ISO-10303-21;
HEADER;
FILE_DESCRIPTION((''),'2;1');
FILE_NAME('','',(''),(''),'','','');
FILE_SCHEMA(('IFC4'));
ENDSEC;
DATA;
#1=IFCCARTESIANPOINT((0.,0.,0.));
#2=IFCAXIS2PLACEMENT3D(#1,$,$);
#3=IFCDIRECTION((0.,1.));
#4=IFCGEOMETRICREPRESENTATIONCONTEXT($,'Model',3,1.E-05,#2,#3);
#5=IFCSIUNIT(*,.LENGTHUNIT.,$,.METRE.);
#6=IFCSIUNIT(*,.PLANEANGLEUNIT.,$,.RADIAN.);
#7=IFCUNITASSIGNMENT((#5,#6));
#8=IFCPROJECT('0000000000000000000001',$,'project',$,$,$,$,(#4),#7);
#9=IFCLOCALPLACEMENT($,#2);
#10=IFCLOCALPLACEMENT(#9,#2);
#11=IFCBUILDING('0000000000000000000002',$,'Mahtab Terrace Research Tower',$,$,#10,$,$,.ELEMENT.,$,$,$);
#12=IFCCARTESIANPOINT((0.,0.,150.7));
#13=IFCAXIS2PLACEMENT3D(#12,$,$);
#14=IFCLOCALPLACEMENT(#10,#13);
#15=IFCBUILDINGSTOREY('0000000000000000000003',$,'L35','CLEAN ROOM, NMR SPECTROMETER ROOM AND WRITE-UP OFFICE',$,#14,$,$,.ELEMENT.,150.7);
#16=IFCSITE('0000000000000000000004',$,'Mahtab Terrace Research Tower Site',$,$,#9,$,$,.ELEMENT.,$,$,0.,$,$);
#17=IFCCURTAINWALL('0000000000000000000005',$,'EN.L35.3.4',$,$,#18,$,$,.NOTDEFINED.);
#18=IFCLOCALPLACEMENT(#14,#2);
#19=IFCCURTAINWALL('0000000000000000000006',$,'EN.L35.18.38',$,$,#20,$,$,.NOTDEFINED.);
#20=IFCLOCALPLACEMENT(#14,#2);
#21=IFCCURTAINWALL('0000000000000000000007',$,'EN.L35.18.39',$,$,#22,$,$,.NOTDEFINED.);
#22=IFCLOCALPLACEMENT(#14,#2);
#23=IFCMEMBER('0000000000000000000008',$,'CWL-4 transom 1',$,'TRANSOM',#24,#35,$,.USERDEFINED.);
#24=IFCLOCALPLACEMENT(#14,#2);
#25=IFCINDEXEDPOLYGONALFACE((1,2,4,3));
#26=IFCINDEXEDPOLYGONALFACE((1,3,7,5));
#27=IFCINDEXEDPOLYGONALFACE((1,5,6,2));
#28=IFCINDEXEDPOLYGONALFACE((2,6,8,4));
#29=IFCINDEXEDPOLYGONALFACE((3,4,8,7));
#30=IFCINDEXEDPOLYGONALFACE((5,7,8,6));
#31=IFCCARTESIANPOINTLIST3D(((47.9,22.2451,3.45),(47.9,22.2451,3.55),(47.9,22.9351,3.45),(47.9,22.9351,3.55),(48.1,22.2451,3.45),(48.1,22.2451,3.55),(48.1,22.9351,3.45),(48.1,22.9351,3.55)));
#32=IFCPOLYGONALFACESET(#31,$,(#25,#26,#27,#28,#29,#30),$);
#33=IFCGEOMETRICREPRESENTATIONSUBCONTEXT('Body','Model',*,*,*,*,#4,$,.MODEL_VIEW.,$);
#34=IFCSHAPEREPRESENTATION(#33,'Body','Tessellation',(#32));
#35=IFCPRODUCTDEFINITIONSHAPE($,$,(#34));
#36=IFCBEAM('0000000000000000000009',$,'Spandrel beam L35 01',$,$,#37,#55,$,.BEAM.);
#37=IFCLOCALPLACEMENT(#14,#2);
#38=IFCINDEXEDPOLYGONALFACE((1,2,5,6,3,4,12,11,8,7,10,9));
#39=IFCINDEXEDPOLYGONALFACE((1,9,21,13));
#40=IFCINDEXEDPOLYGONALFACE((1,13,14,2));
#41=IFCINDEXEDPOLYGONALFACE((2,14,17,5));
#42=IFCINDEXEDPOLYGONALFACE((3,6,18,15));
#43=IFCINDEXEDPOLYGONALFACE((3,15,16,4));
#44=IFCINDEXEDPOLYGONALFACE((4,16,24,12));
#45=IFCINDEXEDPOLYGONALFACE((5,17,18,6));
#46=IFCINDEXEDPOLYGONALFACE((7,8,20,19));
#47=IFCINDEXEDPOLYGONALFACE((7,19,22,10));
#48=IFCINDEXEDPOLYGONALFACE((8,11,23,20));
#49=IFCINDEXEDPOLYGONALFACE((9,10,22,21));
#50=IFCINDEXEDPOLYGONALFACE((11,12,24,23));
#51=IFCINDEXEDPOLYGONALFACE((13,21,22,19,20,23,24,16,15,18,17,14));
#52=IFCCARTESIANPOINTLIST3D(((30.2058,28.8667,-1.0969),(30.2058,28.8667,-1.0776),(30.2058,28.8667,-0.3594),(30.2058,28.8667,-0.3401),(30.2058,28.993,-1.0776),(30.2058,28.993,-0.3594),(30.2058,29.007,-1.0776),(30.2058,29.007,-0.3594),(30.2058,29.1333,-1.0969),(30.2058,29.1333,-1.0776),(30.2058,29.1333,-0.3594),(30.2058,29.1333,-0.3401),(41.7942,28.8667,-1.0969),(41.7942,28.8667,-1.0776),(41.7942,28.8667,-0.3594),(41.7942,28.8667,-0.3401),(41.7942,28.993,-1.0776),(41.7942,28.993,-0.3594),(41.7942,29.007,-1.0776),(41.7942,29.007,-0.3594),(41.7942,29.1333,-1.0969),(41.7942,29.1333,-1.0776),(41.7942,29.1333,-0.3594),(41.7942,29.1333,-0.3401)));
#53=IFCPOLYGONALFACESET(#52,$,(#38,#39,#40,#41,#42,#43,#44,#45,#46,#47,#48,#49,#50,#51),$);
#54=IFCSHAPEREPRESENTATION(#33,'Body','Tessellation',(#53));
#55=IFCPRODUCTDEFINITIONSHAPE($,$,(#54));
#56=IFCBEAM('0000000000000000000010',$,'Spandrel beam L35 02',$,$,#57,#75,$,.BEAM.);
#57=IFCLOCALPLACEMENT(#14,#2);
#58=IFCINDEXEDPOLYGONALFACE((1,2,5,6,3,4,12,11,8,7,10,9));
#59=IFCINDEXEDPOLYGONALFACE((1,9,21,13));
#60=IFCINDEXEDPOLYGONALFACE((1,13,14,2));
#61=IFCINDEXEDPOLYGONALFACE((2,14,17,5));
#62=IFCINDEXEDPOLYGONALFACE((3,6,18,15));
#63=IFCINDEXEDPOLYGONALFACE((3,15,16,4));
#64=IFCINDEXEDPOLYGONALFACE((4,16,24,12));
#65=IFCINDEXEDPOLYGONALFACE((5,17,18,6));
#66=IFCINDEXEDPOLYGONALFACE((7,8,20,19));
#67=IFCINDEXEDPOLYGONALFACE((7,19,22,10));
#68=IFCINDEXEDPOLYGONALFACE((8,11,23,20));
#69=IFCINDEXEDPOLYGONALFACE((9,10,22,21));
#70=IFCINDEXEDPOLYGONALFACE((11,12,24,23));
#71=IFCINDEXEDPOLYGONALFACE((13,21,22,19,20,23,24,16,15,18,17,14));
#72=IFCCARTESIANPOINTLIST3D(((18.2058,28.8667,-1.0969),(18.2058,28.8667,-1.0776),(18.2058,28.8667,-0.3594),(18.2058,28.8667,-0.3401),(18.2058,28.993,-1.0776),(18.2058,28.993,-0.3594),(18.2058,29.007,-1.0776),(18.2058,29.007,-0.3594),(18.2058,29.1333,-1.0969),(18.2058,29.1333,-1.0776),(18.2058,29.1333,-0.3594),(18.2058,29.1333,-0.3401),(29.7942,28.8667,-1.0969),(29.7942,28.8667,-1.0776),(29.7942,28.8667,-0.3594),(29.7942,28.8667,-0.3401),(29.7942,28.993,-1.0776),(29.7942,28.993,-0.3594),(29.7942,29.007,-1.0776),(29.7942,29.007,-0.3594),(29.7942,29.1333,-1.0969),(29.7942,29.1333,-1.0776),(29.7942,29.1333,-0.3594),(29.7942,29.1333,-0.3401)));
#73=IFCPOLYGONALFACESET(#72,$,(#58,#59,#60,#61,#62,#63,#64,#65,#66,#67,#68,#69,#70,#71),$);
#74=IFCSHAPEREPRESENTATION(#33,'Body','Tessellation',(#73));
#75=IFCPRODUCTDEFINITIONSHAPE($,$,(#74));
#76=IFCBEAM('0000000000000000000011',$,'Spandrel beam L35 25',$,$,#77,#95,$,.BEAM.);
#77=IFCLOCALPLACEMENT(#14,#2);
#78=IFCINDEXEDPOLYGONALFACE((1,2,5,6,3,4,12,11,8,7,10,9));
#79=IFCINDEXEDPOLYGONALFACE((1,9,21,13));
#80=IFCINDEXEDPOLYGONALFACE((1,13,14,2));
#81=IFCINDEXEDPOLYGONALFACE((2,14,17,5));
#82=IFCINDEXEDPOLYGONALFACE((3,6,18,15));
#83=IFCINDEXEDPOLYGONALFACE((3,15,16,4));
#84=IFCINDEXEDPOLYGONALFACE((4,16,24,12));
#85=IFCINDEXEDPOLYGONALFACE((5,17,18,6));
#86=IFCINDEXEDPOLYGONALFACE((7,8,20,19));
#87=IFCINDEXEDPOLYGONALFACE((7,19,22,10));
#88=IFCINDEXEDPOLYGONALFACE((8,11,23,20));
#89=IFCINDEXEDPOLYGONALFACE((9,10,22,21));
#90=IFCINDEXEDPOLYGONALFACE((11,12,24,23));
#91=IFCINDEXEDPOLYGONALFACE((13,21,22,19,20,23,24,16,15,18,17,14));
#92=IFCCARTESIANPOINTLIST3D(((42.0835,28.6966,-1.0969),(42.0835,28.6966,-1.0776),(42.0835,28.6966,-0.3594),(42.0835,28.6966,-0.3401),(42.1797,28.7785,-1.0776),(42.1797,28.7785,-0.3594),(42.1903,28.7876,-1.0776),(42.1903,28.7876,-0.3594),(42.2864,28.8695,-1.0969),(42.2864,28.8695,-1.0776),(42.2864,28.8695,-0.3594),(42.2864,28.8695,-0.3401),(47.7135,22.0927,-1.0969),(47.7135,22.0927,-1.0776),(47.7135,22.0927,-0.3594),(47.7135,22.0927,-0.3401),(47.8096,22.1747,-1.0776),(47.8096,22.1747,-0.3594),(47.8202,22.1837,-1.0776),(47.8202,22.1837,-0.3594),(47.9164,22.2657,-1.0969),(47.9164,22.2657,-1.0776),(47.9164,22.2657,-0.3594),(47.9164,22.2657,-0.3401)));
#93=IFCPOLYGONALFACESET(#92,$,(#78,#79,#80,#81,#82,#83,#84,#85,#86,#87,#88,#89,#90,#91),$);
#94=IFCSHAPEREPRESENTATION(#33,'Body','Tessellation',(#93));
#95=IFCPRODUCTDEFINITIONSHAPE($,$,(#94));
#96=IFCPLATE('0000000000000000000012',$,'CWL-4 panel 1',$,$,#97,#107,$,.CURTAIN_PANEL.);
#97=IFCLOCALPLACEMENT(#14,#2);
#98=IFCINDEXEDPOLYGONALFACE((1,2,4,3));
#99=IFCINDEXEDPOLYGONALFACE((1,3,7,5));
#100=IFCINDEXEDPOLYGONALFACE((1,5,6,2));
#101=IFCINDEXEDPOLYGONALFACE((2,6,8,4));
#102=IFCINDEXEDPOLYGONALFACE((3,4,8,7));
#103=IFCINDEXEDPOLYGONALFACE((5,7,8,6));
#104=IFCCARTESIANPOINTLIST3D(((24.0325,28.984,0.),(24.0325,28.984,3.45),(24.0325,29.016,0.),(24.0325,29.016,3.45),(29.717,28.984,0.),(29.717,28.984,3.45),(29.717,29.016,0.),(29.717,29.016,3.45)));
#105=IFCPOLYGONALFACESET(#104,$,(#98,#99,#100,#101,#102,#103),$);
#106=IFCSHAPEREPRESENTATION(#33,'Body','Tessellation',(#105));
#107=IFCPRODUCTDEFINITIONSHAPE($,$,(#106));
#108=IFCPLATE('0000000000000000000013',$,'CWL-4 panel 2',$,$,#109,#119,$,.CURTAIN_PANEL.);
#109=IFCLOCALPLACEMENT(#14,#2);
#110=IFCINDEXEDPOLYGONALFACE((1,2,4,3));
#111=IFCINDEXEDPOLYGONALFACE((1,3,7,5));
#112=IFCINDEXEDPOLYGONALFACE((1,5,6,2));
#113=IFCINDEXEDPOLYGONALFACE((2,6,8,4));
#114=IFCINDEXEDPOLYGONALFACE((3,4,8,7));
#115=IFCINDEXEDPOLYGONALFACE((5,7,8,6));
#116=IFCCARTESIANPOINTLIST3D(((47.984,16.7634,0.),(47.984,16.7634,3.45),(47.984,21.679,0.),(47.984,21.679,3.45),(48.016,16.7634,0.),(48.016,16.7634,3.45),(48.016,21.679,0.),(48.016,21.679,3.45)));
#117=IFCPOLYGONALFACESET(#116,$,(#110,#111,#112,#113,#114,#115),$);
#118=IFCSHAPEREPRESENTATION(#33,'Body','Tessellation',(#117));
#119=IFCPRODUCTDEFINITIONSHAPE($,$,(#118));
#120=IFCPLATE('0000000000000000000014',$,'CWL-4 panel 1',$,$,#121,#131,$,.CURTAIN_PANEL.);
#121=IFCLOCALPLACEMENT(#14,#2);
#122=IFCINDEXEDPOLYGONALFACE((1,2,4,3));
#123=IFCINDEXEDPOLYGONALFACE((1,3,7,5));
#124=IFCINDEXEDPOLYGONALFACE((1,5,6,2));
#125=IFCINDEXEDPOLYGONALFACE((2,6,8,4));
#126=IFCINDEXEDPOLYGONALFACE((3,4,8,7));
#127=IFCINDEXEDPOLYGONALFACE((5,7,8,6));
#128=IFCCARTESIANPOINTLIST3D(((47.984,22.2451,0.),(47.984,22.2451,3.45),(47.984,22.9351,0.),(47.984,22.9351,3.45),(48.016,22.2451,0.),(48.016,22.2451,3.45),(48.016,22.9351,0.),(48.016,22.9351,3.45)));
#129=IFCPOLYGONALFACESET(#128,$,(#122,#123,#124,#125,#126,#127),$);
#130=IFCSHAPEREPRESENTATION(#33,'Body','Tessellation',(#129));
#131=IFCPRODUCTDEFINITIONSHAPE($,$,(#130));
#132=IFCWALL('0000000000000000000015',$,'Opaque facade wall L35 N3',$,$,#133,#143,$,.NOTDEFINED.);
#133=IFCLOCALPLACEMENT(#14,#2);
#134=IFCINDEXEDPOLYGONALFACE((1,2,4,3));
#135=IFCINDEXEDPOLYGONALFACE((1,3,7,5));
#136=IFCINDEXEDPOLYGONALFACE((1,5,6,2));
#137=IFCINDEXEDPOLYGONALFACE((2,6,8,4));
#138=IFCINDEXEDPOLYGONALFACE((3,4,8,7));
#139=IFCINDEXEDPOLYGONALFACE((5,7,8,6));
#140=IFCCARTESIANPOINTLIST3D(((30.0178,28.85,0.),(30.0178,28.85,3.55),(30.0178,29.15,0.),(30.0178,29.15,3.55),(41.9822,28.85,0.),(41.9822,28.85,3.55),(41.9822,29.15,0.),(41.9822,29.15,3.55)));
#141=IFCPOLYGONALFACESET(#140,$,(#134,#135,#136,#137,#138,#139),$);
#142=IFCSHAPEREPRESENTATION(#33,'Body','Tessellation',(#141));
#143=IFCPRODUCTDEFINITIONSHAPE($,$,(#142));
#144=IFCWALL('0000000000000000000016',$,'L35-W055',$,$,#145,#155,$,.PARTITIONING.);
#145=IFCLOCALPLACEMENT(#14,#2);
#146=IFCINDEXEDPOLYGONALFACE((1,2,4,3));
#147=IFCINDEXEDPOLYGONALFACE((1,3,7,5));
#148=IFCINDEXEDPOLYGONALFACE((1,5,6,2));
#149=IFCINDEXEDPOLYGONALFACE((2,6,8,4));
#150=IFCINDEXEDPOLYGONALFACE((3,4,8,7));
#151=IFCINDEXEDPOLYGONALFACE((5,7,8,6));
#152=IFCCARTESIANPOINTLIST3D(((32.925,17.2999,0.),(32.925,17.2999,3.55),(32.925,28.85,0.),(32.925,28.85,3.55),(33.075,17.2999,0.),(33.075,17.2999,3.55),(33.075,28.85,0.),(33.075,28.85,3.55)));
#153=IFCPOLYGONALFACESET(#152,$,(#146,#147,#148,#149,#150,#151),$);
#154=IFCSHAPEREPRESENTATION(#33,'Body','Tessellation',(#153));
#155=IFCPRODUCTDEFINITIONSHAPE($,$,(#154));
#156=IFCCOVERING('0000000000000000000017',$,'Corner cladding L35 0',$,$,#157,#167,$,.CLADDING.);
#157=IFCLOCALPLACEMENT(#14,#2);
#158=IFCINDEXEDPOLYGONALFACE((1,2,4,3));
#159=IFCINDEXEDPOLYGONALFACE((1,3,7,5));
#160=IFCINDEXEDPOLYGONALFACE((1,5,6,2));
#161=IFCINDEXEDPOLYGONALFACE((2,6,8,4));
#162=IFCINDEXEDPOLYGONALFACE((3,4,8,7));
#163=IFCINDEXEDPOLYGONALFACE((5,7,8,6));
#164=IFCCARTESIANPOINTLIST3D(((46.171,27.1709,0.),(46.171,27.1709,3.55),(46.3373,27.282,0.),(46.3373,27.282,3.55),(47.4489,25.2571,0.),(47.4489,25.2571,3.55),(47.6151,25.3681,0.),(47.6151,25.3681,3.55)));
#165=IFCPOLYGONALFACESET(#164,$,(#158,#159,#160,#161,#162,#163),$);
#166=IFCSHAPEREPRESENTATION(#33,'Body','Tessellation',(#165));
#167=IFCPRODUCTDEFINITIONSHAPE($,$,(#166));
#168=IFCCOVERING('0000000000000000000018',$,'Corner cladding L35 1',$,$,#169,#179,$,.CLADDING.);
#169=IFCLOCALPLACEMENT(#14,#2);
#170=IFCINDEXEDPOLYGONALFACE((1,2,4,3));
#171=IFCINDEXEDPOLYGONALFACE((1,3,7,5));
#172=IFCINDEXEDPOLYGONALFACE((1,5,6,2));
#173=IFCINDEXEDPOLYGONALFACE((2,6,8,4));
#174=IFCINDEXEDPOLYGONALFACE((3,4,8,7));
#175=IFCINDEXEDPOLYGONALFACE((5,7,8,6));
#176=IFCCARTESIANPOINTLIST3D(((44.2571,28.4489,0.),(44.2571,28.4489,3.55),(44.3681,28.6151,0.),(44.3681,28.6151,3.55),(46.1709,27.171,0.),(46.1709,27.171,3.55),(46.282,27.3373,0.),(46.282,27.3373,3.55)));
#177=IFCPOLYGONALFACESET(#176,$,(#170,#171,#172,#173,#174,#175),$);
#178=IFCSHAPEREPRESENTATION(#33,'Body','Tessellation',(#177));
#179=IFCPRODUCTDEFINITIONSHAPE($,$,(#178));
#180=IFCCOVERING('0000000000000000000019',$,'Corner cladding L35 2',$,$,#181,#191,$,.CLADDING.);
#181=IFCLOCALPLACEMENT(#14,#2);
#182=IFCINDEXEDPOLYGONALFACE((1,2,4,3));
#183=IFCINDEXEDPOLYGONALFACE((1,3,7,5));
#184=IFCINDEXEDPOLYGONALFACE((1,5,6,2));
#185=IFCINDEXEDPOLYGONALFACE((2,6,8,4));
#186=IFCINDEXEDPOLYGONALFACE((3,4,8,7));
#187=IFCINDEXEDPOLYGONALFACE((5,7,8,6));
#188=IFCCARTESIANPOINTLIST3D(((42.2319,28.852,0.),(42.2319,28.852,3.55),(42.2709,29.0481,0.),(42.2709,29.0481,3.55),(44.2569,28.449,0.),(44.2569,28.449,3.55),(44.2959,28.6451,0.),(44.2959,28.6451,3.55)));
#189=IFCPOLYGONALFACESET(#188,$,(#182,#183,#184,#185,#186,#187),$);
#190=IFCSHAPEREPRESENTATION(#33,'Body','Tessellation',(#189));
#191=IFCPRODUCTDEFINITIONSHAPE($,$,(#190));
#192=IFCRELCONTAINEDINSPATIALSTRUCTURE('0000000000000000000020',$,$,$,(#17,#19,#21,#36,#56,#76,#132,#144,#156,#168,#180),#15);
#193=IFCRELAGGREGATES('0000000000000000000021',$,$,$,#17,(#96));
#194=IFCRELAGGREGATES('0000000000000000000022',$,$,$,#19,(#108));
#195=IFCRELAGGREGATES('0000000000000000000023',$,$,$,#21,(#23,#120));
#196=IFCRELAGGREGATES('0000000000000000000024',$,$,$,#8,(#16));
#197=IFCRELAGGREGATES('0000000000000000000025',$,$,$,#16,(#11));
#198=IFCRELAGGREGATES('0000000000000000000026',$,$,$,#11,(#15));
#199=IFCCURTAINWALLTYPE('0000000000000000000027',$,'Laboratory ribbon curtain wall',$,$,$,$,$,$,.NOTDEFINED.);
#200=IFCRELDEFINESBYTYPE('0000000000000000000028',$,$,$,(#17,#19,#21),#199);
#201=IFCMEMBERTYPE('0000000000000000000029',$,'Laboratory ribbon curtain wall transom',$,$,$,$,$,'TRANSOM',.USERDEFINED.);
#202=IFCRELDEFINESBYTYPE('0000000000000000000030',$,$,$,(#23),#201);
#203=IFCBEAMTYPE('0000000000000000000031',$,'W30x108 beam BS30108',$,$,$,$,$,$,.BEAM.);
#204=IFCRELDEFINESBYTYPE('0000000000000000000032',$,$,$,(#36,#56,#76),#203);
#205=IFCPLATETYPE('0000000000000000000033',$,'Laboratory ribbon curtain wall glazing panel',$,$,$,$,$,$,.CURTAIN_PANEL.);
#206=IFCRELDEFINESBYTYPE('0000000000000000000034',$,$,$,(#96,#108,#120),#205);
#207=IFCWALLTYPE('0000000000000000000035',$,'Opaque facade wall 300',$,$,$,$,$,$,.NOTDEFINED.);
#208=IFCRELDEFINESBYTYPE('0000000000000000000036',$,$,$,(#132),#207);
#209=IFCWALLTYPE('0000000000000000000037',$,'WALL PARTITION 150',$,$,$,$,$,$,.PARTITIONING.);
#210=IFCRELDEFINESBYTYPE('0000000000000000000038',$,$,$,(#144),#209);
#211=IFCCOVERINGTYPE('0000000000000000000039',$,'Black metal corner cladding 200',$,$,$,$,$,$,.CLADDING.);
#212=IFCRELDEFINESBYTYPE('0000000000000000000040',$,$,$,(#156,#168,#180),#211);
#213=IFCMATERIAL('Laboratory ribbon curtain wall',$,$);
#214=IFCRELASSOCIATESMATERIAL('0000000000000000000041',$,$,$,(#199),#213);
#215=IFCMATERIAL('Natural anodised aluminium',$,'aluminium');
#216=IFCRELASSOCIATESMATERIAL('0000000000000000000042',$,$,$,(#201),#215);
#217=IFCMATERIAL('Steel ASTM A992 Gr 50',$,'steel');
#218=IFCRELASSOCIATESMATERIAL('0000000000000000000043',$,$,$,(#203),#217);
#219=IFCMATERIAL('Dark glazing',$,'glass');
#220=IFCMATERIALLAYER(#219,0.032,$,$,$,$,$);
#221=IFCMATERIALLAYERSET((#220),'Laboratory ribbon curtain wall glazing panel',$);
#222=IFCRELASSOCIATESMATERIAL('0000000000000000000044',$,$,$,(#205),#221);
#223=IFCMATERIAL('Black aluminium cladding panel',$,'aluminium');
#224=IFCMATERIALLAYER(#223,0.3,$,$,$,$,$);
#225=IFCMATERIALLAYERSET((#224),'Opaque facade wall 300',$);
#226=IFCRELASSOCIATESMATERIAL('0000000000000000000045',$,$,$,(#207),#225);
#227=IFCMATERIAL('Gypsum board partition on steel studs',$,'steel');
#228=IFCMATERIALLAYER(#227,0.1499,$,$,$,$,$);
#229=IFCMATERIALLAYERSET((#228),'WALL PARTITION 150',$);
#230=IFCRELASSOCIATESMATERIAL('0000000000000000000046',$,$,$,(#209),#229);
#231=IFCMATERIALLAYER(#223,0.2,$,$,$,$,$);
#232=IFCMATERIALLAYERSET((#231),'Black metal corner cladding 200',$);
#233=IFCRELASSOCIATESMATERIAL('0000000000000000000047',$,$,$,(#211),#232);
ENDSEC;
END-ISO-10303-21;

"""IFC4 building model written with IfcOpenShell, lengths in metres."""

from ifc_helpers import new_model, si_unit, direction, frame, frame_2d, origin, origin_2d, place, context, subcontext, project, spatial, rectangle, i_section, extrude, material, layer, layer_set, material_profile, profile_set, type_object, element, aggregate, save


model = new_model("IFC4")

# Units and contexts
model_context = context("Model", 3, precision=1e-05, world=origin(), true_north=direction((0.0, 1.0)))
body_context = subcontext(model_context, "Body", "Model", "MODEL_VIEW")
ifc_project = project(units=[si_unit("LENGTHUNIT", "METRE"), si_unit("PLANEANGLEUNIT", "RADIAN")], contexts=[model_context])

# Site, building, storey
site_placement = place(None, origin())
site = spatial("IfcSite", under=ifc_project, at=site_placement, Name="Mahtab Terrace Research Tower Site", CompositionType="ELEMENT", RefElevation=0.0)
building_placement = place(site_placement, origin())
building = spatial("IfcBuilding", under=site, at=building_placement, Name="Mahtab Terrace Research Tower", CompositionType="ELEMENT")
storey_placement = place(building_placement, frame((0.0, 0.0, 150.7)))
storey = spatial("IfcBuildingStorey", under=building, at=storey_placement, Name="L35", Description="CLEAN ROOM, NMR SPECTROMETER ROOM AND WRITE-UP OFFICE", CompositionType="ELEMENT", Elevation=150.7)

# Shared definitions
ifc_material_1 = material(Name="Steel ASTM A992 Gr 50", Category="steel")

# Curtain wall
ifc_material_2 = material(Name="Laboratory ribbon curtain wall")
curtain_wall_type = type_object("IfcCurtainWallType", Name="Laboratory ribbon curtain wall", PredefinedType="NOTDEFINED", material=ifc_material_2)
curtain_wall_1_placement = place(storey_placement, origin())
curtain_wall_1 = element("IfcCurtainWall", 1, at=curtain_wall_1_placement, inside=storey, type_object=curtain_wall_type, Name="EN.L35.3.4", PredefinedType="NOTDEFINED")
ifc_material_3 = material(Name="Natural anodised aluminium", Category="aluminium")

# Curtain wall
curtain_wall_2_placement = place(storey_placement, origin())
curtain_wall_2 = element("IfcCurtainWall", 2, at=curtain_wall_2_placement, inside=storey, type_object=curtain_wall_type, Name="EN.L35.18.38", PredefinedType="NOTDEFINED")

# Curtain wall
curtain_wall_3_placement = place(storey_placement, origin())
curtain_wall_3 = element("IfcCurtainWall", 3, at=curtain_wall_3_placement, inside=storey, type_object=curtain_wall_type, Name="EN.L35.18.39", PredefinedType="NOTDEFINED")

# Member
ifc_material_profile_1 = material_profile(ifc_material_3, rectangle(XDim=0.2, YDim=0.1001, at=origin_2d()), Name="TRANSOM 100x200")
ifc_profile_set_1 = profile_set([ifc_material_profile_1], Name="Natural anodised aluminium")
member_type_1 = type_object("IfcMemberType", Name="Laboratory ribbon curtain wall transom", ElementType="TRANSOM", PredefinedType="USERDEFINED", material=ifc_profile_set_1)
member_1_placement = place(storey_placement, frame((48.0, 22.2451, 3.5), z_axis=(0.0, 1.0, 0.0), x_axis=(-1.0, 0.0, 0.0)))
member_1 = element("IfcMember", 4, at=member_1_placement, type_object=member_type_1, Name="CWL-4 transom 1", ObjectType="TRANSOM", PredefinedType="USERDEFINED", context=body_context, shape_type="SweptSolid", body=[
    extrude(rectangle(XDim=0.2, YDim=0.1001, at=origin_2d()), origin(), (0.0, 0.0, 1.0), 0.6899),
])

# Beams
ifc_material_profile_2 = material_profile(ifc_material_1, i_section(OverallWidth=0.2666, OverallDepth=0.7568, WebThickness=0.0139, FlangeThickness=0.0193, at=origin_2d()), Name="W30X108")
ifc_profile_set_2 = profile_set([ifc_material_profile_2], Name="Steel ASTM A992 Gr 50")
beam_type = type_object("IfcBeamType", Name="W30x108 beam BS30108", PredefinedType="BEAM", material=ifc_profile_set_2)
for number, where, z_axis, x_axis, name in (
    (5, (41.7942, 29.0, -0.7185), (-1.0, 0.0, 0.0), (0.0, -1.0, 0.0), "Spandrel beam L35 01"),
    (6, (29.7942, 29.0, -0.7185), (-1.0, 0.0, 0.0), (0.0, -1.0, 0.0), "Spandrel beam L35 02"),
):
    element("IfcBeam", number, at=place(storey_placement, frame(where, z_axis=z_axis, x_axis=x_axis)), inside=storey, type_object=beam_type, Name=name, PredefinedType="BEAM", context=body_context, shape_type="SweptSolid", body=[
        extrude(i_section(OverallWidth=0.2666, OverallDepth=0.7568, WebThickness=0.0139, FlangeThickness=0.0193, at=origin_2d()), origin(), (0.0, 0.0, 1.0), 11.5884),
    ])
beam_placement = place(storey_placement, frame((47.8149, 22.1792, -0.7185), z_axis=(-0.648764, 0.76099, 0.0), x_axis=(-0.76099, -0.648764, 0.0)))
element("IfcBeam", 7, at=beam_placement, inside=storey, type_object=beam_type, Name="Spandrel beam L35 25", PredefinedType="BEAM", context=body_context, shape_type="SweptSolid", body=[
    extrude(i_section(OverallWidth=0.2666, OverallDepth=0.7568, WebThickness=0.0139, FlangeThickness=0.0193, at=origin_2d()), origin(), (0.0, 0.0, 1.0), 8.678),
])

# Plates
ifc_material_4 = material(Name="Dark glazing", Category="glass")
ifc_layer_1 = layer(ifc_material_4, 0.032)
ifc_layer_set_1 = layer_set([ifc_layer_1], Name="Laboratory ribbon curtain wall glazing panel")
plate_type = type_object("IfcPlateType", Name="Laboratory ribbon curtain wall glazing panel", PredefinedType="CURTAIN_PANEL", material=ifc_layer_set_1)
plate_1_placement = place(storey_placement, frame((26.8748, 29.0, 0.0), z_axis=(0.0, 0.0, 1.0), x_axis=(-1.0, 0.0, 0.0)))
plate_1 = element("IfcPlate", 8, at=plate_1_placement, type_object=plate_type, Name="CWL-4 panel 1", PredefinedType="CURTAIN_PANEL", context=body_context, shape_type="SweptSolid", body=[
    extrude(rectangle(XDim=5.6846, YDim=0.032, at=origin_2d()), origin(), (0.0, 0.0, 1.0), 3.45),
])
aggregate(curtain_wall_1, [plate_1])
plate_2_placement = place(storey_placement, frame((48.0, 19.2212, 0.0), z_axis=(0.0, 0.0, 1.0), x_axis=(0.0, 1.0, 0.0)))
plate_2 = element("IfcPlate", 9, at=plate_2_placement, type_object=plate_type, Name="CWL-4 panel 2", PredefinedType="CURTAIN_PANEL", context=body_context, shape_type="SweptSolid", body=[
    extrude(rectangle(XDim=4.9155, YDim=0.032, at=origin_2d()), origin(), (0.0, 0.0, 1.0), 3.45),
])
aggregate(curtain_wall_2, [plate_2])
plate_3_placement = place(storey_placement, frame((48.0, 22.5901, 0.0), z_axis=(0.0, 0.0, 1.0), x_axis=(0.0, 1.0, 0.0)))
plate_3 = element("IfcPlate", 10, at=plate_3_placement, type_object=plate_type, Name="CWL-4 panel 1", PredefinedType="CURTAIN_PANEL", context=body_context, shape_type="SweptSolid", body=[
    extrude(rectangle(XDim=0.6899, YDim=0.032, at=origin_2d()), origin(), (0.0, 0.0, 1.0), 3.45),
])
aggregate(curtain_wall_3, [member_1, plate_3])

# Walls
ifc_material_5 = material(Name="Black aluminium cladding panel", Category="aluminium")
ifc_layer_2 = layer(ifc_material_5, 0.3)
ifc_layer_set_2 = layer_set([ifc_layer_2], Name="Opaque facade wall 300")
wall_type_1 = type_object("IfcWallType", Name="Opaque facade wall 300", PredefinedType="NOTDEFINED", material=ifc_layer_set_2)
wall_1_placement = place(storey_placement, frame((41.9822, 29.0, 0.0), z_axis=(0.0, 0.0, 1.0), x_axis=(-1.0, 0.0, 0.0)))
element("IfcWall", 11, at=wall_1_placement, inside=storey, type_object=wall_type_1, Name="Opaque facade wall L35 N3", PredefinedType="NOTDEFINED", context=body_context, shape_type="SweptSolid", body=[
    extrude(rectangle(XDim=11.9644, YDim=0.3, at=frame_2d((5.9822, 0.0))), origin(), (0.0, 0.0, 1.0), 3.55),
])
ifc_material_6 = material(Name="Gypsum board partition on steel studs", Category="steel")
ifc_layer_3 = layer(ifc_material_6, 0.1499)
ifc_layer_set_3 = layer_set([ifc_layer_3], Name="WALL PARTITION 150")
wall_type_2 = type_object("IfcWallType", Name="WALL PARTITION 150", PredefinedType="PARTITIONING", material=ifc_layer_set_3)
wall_2_placement = place(storey_placement, frame((33.0, 17.3, 0.0), z_axis=(0.0, 0.0, 1.0), x_axis=(0.0, 1.0, 0.0)))
element("IfcWall", 12, at=wall_2_placement, inside=storey, type_object=wall_type_2, Name="L35-W055", PredefinedType="PARTITIONING", context=body_context, shape_type="SweptSolid", body=[
    extrude(rectangle(XDim=11.55, YDim=0.1499, at=frame_2d((5.7749, 0.0))), origin(), (0.0, 0.0, 1.0), 3.55),
])

# Coverings
ifc_layer_4 = layer(ifc_material_5, 0.2)
ifc_layer_set_4 = layer_set([ifc_layer_4], Name="Black metal corner cladding 200")
covering_type = type_object("IfcCoveringType", Name="Black metal corner cladding 200", PredefinedType="CLADDING", material=ifc_layer_set_4)
for number, where, z_axis, x_axis, name in (
    (13, (46.8931, 26.2695, 0.0), (0.0, 0.0, 1.0), (-0.555291, 0.831656, 0.0), "Corner cladding L35 0"),
    (14, (45.2695, 27.8931, 0.0), (0.0, 0.0, 1.0), (-0.831656, 0.555291, 0.0), "Corner cladding L35 1"),
):
    element("IfcCovering", number, at=place(storey_placement, frame(where, z_axis=z_axis, x_axis=x_axis)), inside=storey, type_object=covering_type, Name=name, PredefinedType="CLADDING", context=body_context, shape_type="SweptSolid", body=[
        extrude(rectangle(XDim=2.3013, YDim=0.2, at=origin_2d()), origin(), (0.0, 0.0, 1.0), 3.55),
    ])
covering_1_placement = place(storey_placement, frame((43.2639, 28.7485, 0.0), z_axis=(0.0, 0.0, 1.0), x_axis=(-0.980761, 0.195212, 0.0)))
element("IfcCovering", 15, at=covering_1_placement, inside=storey, type_object=covering_type, Name="Corner cladding L35 2", PredefinedType="CLADDING", context=body_context, shape_type="SweptSolid", body=[
    extrude(rectangle(XDim=2.0647, YDim=0.2, at=origin_2d()), origin(), (0.0, 0.0, 1.0), 3.55),
])

save(model, "model.ifc")
